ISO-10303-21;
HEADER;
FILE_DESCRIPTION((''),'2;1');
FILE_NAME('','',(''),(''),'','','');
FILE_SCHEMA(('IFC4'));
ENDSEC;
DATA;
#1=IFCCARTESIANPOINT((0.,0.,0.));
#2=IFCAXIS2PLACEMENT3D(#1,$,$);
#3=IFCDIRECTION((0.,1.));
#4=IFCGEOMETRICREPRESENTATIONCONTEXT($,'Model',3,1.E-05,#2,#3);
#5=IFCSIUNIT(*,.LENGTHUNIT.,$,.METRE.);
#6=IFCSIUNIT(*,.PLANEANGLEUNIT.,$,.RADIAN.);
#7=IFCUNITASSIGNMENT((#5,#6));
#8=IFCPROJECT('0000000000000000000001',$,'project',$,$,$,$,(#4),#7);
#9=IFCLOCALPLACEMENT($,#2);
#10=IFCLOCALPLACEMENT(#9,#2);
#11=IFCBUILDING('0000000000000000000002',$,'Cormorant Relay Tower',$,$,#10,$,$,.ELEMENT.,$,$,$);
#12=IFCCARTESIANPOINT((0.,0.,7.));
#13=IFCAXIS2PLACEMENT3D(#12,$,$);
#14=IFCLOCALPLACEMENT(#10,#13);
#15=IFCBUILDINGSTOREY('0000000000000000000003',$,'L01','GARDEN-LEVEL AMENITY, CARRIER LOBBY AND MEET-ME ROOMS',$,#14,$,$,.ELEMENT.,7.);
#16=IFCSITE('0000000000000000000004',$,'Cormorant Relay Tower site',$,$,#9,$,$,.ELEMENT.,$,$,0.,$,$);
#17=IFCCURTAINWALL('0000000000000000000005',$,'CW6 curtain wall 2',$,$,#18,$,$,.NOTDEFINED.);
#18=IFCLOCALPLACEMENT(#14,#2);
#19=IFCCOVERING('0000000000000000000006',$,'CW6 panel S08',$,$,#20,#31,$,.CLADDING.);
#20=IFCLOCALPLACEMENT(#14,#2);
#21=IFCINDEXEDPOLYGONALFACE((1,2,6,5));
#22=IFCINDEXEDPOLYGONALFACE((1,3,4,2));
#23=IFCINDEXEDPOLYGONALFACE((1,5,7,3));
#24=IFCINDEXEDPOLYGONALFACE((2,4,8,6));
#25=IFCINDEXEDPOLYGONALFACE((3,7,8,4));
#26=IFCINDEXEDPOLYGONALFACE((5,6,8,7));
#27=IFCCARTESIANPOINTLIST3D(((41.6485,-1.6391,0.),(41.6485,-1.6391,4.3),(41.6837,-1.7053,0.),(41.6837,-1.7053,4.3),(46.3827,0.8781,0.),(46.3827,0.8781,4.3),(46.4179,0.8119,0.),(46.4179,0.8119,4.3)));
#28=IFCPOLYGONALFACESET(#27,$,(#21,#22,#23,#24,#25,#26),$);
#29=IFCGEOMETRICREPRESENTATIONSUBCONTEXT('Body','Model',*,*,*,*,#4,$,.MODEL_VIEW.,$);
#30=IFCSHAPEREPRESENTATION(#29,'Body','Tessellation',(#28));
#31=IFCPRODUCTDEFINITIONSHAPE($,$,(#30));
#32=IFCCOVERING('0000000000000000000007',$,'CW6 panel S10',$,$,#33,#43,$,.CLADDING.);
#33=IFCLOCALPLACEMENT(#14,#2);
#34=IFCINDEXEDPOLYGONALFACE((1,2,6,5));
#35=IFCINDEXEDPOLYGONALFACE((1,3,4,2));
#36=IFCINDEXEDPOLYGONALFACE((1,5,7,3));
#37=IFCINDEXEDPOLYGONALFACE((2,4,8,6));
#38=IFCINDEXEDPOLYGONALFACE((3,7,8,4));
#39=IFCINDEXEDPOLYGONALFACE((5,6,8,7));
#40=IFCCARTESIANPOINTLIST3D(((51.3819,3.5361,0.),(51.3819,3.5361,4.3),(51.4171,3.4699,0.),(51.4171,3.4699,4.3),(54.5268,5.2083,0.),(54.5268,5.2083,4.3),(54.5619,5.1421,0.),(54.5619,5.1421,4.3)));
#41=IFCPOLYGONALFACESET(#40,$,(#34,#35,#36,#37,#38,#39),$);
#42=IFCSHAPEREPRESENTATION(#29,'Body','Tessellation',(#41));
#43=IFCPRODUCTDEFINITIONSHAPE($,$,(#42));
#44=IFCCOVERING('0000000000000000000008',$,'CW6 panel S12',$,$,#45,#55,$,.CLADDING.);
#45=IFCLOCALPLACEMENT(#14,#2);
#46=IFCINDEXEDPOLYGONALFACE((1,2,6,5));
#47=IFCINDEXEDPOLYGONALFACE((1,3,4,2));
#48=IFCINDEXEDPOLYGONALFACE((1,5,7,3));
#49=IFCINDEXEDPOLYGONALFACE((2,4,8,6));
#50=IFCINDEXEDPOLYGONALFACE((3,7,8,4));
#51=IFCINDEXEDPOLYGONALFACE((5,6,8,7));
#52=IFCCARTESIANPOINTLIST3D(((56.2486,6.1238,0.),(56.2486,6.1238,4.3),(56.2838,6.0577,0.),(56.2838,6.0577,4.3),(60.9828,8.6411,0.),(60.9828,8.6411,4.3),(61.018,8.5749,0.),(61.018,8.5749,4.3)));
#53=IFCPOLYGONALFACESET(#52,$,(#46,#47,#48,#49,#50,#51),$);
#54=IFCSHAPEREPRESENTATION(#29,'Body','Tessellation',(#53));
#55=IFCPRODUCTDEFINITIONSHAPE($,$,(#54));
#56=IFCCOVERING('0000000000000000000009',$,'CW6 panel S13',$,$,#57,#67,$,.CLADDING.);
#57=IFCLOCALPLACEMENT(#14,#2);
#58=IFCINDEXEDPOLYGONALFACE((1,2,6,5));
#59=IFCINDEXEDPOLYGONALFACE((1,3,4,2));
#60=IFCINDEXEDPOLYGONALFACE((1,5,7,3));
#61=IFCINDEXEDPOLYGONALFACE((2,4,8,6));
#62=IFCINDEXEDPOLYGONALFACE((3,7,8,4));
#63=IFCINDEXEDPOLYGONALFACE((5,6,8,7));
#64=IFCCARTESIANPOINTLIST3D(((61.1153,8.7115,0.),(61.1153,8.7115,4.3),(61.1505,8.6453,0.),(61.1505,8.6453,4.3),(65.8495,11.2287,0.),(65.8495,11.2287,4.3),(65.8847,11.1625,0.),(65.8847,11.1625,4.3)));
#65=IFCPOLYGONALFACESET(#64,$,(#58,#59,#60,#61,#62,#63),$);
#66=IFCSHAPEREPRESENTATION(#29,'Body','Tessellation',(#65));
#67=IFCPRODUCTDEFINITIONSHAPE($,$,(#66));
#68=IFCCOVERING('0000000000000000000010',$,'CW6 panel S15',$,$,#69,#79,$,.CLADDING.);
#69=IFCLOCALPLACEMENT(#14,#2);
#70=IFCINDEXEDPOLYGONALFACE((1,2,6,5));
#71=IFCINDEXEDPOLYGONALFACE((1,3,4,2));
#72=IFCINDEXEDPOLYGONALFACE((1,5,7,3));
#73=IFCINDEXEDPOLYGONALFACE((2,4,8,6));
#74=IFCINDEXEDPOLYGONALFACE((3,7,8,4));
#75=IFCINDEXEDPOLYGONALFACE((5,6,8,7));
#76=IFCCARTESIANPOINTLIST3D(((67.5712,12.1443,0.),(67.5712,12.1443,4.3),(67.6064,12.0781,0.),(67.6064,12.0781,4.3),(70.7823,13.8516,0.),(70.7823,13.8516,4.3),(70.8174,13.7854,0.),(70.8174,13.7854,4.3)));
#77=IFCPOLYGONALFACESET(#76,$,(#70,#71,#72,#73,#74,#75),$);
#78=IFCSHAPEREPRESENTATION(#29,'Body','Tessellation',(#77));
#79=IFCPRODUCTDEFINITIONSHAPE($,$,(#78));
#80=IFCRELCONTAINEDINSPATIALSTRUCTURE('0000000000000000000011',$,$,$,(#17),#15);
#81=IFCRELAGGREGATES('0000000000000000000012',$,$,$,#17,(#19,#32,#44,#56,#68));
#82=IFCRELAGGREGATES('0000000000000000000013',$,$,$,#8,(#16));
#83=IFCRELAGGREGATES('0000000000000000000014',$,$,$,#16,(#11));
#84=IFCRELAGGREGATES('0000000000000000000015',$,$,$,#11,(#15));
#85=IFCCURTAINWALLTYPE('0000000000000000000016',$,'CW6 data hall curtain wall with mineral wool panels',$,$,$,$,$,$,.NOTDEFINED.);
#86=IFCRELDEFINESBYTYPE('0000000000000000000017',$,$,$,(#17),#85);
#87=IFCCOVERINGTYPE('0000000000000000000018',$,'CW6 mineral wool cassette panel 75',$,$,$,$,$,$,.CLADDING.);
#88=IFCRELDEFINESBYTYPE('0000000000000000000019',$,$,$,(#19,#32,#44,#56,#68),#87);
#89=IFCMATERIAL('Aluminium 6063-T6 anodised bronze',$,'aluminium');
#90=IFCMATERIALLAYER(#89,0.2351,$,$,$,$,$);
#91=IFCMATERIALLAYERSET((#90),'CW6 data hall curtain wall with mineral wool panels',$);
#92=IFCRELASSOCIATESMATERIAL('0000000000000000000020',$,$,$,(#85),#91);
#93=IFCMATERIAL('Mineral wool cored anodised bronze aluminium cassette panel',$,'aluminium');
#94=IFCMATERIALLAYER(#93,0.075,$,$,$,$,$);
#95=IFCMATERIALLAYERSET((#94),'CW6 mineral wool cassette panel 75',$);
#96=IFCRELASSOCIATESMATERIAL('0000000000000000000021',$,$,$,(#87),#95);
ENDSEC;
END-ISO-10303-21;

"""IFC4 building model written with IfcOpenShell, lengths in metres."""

from ifc_helpers import new_model, si_unit, direction, frame, origin, origin_2d, place, context, subcontext, project, spatial, rectangle, extrude, material, layer, layer_set, type_object, element, aggregate, save


model = new_model("IFC4")

# Units and contexts
model_context = context("Model", 3, precision=1e-05, world=origin(), true_north=direction((0.0, 1.0)))
body_context = subcontext(model_context, "Body", "Model", "MODEL_VIEW")
ifc_project = project(units=[si_unit("LENGTHUNIT", "METRE"), si_unit("PLANEANGLEUNIT", "RADIAN")], contexts=[model_context])

# Site, building, storey
site_placement = place(None, origin())
site = spatial("IfcSite", under=ifc_project, at=site_placement, Name="Cormorant Relay Tower site", CompositionType="ELEMENT", RefElevation=0.0)
building_placement = place(site_placement, origin())
building = spatial("IfcBuilding", under=site, at=building_placement, Name="Cormorant Relay Tower", CompositionType="ELEMENT")
storey_placement = place(building_placement, frame((0.0, 0.0, 7.0)))
storey = spatial("IfcBuildingStorey", under=building, at=storey_placement, Name="L01", Description="GARDEN-LEVEL AMENITY, CARRIER LOBBY AND MEET-ME ROOMS", CompositionType="ELEMENT", Elevation=7.0)

# Curtain wall
ifc_material_1 = material(Name="Aluminium 6063-T6 anodised bronze", Category="aluminium")
ifc_layer_1 = layer(ifc_material_1, 0.2351)
ifc_layer_set_1 = layer_set([ifc_layer_1], Name="CW6 data hall curtain wall with mineral wool panels")
curtain_wall_type = type_object("IfcCurtainWallType", Name="CW6 data hall curtain wall with mineral wool panels", PredefinedType="NOTDEFINED", material=ifc_layer_set_1)
curtain_wall_1_placement = place(storey_placement, origin())
curtain_wall_1 = element("IfcCurtainWall", 1, at=curtain_wall_1_placement, inside=storey, type_object=curtain_wall_type, Name="CW6 curtain wall 2", PredefinedType="NOTDEFINED")

# Coverings
ifc_material_2 = material(Name="Mineral wool cored anodised bronze aluminium cassette panel", Category="aluminium")
ifc_layer_2 = layer(ifc_material_2, 0.075)
ifc_layer_set_2 = layer_set([ifc_layer_2], Name="CW6 mineral wool cassette panel 75")
covering_type = type_object("IfcCoveringType", Name="CW6 mineral wool cassette panel 75", PredefinedType="CLADDING", material=ifc_layer_set_2)
covering_1_placement = place(storey_placement, frame((44.0332, -0.4136, 0.0), z_axis=(0.0, 0.0, 1.0), x_axis=(0.882948, 0.469472, 0.0)))
covering_1 = element("IfcCovering", 2, at=covering_1_placement, type_object=covering_type, Name="CW6 panel S08", PredefinedType="CLADDING", context=body_context, shape_type="SweptSolid", body=[
    extrude(rectangle(XDim=5.3618, YDim=0.075, at=origin_2d()), origin(), (0.0, 0.0, 1.0), 4.3),
])
covering_2_placement = place(storey_placement, frame((52.9719, 4.3391, 0.0), z_axis=(0.0, 0.0, 1.0), x_axis=(0.882948, 0.469472, 0.0)))
covering_2 = element("IfcCovering", 3, at=covering_2_placement, type_object=covering_type, Name="CW6 panel S10", PredefinedType="CLADDING", context=body_context, shape_type="SweptSolid", body=[
    extrude(rectangle(XDim=3.5618, YDim=0.075, at=origin_2d()), origin(), (0.0, 0.0, 1.0), 4.3),
])
covering_3_placement = place(storey_placement, frame((58.6333, 7.3494, 0.0), z_axis=(0.0, 0.0, 1.0), x_axis=(0.882948, 0.469472, 0.0)))
covering_3 = element("IfcCovering", 4, at=covering_3_placement, type_object=covering_type, Name="CW6 panel S12", PredefinedType="CLADDING", context=body_context, shape_type="SweptSolid", body=[
    extrude(rectangle(XDim=5.3618, YDim=0.075, at=origin_2d()), origin(), (0.0, 0.0, 1.0), 4.3),
])
covering_4_placement = place(storey_placement, frame((63.5, 9.937, 0.0), z_axis=(0.0, 0.0, 1.0), x_axis=(0.882948, 0.469472, 0.0)))
covering_4 = element("IfcCovering", 5, at=covering_4_placement, type_object=covering_type, Name="CW6 panel S13", PredefinedType="CLADDING", context=body_context, shape_type="SweptSolid", body=[
    extrude(rectangle(XDim=5.3618, YDim=0.075, at=origin_2d()), origin(), (0.0, 0.0, 1.0), 4.3),
])
covering_5_placement = place(storey_placement, frame((69.1943, 12.9648, 0.0), z_axis=(0.0, 0.0, 1.0), x_axis=(0.882948, 0.469472, 0.0)))
covering_5 = element("IfcCovering", 6, at=covering_5_placement, type_object=covering_type, Name="CW6 panel S15", PredefinedType="CLADDING", context=body_context, shape_type="SweptSolid", body=[
    extrude(rectangle(XDim=3.6367, YDim=0.075, at=origin_2d()), origin(), (0.0, 0.0, 1.0), 4.3),
])
aggregate(curtain_wall_1, [covering_1, covering_2, covering_3, covering_4, covering_5])

save(model, "model.ifc")
